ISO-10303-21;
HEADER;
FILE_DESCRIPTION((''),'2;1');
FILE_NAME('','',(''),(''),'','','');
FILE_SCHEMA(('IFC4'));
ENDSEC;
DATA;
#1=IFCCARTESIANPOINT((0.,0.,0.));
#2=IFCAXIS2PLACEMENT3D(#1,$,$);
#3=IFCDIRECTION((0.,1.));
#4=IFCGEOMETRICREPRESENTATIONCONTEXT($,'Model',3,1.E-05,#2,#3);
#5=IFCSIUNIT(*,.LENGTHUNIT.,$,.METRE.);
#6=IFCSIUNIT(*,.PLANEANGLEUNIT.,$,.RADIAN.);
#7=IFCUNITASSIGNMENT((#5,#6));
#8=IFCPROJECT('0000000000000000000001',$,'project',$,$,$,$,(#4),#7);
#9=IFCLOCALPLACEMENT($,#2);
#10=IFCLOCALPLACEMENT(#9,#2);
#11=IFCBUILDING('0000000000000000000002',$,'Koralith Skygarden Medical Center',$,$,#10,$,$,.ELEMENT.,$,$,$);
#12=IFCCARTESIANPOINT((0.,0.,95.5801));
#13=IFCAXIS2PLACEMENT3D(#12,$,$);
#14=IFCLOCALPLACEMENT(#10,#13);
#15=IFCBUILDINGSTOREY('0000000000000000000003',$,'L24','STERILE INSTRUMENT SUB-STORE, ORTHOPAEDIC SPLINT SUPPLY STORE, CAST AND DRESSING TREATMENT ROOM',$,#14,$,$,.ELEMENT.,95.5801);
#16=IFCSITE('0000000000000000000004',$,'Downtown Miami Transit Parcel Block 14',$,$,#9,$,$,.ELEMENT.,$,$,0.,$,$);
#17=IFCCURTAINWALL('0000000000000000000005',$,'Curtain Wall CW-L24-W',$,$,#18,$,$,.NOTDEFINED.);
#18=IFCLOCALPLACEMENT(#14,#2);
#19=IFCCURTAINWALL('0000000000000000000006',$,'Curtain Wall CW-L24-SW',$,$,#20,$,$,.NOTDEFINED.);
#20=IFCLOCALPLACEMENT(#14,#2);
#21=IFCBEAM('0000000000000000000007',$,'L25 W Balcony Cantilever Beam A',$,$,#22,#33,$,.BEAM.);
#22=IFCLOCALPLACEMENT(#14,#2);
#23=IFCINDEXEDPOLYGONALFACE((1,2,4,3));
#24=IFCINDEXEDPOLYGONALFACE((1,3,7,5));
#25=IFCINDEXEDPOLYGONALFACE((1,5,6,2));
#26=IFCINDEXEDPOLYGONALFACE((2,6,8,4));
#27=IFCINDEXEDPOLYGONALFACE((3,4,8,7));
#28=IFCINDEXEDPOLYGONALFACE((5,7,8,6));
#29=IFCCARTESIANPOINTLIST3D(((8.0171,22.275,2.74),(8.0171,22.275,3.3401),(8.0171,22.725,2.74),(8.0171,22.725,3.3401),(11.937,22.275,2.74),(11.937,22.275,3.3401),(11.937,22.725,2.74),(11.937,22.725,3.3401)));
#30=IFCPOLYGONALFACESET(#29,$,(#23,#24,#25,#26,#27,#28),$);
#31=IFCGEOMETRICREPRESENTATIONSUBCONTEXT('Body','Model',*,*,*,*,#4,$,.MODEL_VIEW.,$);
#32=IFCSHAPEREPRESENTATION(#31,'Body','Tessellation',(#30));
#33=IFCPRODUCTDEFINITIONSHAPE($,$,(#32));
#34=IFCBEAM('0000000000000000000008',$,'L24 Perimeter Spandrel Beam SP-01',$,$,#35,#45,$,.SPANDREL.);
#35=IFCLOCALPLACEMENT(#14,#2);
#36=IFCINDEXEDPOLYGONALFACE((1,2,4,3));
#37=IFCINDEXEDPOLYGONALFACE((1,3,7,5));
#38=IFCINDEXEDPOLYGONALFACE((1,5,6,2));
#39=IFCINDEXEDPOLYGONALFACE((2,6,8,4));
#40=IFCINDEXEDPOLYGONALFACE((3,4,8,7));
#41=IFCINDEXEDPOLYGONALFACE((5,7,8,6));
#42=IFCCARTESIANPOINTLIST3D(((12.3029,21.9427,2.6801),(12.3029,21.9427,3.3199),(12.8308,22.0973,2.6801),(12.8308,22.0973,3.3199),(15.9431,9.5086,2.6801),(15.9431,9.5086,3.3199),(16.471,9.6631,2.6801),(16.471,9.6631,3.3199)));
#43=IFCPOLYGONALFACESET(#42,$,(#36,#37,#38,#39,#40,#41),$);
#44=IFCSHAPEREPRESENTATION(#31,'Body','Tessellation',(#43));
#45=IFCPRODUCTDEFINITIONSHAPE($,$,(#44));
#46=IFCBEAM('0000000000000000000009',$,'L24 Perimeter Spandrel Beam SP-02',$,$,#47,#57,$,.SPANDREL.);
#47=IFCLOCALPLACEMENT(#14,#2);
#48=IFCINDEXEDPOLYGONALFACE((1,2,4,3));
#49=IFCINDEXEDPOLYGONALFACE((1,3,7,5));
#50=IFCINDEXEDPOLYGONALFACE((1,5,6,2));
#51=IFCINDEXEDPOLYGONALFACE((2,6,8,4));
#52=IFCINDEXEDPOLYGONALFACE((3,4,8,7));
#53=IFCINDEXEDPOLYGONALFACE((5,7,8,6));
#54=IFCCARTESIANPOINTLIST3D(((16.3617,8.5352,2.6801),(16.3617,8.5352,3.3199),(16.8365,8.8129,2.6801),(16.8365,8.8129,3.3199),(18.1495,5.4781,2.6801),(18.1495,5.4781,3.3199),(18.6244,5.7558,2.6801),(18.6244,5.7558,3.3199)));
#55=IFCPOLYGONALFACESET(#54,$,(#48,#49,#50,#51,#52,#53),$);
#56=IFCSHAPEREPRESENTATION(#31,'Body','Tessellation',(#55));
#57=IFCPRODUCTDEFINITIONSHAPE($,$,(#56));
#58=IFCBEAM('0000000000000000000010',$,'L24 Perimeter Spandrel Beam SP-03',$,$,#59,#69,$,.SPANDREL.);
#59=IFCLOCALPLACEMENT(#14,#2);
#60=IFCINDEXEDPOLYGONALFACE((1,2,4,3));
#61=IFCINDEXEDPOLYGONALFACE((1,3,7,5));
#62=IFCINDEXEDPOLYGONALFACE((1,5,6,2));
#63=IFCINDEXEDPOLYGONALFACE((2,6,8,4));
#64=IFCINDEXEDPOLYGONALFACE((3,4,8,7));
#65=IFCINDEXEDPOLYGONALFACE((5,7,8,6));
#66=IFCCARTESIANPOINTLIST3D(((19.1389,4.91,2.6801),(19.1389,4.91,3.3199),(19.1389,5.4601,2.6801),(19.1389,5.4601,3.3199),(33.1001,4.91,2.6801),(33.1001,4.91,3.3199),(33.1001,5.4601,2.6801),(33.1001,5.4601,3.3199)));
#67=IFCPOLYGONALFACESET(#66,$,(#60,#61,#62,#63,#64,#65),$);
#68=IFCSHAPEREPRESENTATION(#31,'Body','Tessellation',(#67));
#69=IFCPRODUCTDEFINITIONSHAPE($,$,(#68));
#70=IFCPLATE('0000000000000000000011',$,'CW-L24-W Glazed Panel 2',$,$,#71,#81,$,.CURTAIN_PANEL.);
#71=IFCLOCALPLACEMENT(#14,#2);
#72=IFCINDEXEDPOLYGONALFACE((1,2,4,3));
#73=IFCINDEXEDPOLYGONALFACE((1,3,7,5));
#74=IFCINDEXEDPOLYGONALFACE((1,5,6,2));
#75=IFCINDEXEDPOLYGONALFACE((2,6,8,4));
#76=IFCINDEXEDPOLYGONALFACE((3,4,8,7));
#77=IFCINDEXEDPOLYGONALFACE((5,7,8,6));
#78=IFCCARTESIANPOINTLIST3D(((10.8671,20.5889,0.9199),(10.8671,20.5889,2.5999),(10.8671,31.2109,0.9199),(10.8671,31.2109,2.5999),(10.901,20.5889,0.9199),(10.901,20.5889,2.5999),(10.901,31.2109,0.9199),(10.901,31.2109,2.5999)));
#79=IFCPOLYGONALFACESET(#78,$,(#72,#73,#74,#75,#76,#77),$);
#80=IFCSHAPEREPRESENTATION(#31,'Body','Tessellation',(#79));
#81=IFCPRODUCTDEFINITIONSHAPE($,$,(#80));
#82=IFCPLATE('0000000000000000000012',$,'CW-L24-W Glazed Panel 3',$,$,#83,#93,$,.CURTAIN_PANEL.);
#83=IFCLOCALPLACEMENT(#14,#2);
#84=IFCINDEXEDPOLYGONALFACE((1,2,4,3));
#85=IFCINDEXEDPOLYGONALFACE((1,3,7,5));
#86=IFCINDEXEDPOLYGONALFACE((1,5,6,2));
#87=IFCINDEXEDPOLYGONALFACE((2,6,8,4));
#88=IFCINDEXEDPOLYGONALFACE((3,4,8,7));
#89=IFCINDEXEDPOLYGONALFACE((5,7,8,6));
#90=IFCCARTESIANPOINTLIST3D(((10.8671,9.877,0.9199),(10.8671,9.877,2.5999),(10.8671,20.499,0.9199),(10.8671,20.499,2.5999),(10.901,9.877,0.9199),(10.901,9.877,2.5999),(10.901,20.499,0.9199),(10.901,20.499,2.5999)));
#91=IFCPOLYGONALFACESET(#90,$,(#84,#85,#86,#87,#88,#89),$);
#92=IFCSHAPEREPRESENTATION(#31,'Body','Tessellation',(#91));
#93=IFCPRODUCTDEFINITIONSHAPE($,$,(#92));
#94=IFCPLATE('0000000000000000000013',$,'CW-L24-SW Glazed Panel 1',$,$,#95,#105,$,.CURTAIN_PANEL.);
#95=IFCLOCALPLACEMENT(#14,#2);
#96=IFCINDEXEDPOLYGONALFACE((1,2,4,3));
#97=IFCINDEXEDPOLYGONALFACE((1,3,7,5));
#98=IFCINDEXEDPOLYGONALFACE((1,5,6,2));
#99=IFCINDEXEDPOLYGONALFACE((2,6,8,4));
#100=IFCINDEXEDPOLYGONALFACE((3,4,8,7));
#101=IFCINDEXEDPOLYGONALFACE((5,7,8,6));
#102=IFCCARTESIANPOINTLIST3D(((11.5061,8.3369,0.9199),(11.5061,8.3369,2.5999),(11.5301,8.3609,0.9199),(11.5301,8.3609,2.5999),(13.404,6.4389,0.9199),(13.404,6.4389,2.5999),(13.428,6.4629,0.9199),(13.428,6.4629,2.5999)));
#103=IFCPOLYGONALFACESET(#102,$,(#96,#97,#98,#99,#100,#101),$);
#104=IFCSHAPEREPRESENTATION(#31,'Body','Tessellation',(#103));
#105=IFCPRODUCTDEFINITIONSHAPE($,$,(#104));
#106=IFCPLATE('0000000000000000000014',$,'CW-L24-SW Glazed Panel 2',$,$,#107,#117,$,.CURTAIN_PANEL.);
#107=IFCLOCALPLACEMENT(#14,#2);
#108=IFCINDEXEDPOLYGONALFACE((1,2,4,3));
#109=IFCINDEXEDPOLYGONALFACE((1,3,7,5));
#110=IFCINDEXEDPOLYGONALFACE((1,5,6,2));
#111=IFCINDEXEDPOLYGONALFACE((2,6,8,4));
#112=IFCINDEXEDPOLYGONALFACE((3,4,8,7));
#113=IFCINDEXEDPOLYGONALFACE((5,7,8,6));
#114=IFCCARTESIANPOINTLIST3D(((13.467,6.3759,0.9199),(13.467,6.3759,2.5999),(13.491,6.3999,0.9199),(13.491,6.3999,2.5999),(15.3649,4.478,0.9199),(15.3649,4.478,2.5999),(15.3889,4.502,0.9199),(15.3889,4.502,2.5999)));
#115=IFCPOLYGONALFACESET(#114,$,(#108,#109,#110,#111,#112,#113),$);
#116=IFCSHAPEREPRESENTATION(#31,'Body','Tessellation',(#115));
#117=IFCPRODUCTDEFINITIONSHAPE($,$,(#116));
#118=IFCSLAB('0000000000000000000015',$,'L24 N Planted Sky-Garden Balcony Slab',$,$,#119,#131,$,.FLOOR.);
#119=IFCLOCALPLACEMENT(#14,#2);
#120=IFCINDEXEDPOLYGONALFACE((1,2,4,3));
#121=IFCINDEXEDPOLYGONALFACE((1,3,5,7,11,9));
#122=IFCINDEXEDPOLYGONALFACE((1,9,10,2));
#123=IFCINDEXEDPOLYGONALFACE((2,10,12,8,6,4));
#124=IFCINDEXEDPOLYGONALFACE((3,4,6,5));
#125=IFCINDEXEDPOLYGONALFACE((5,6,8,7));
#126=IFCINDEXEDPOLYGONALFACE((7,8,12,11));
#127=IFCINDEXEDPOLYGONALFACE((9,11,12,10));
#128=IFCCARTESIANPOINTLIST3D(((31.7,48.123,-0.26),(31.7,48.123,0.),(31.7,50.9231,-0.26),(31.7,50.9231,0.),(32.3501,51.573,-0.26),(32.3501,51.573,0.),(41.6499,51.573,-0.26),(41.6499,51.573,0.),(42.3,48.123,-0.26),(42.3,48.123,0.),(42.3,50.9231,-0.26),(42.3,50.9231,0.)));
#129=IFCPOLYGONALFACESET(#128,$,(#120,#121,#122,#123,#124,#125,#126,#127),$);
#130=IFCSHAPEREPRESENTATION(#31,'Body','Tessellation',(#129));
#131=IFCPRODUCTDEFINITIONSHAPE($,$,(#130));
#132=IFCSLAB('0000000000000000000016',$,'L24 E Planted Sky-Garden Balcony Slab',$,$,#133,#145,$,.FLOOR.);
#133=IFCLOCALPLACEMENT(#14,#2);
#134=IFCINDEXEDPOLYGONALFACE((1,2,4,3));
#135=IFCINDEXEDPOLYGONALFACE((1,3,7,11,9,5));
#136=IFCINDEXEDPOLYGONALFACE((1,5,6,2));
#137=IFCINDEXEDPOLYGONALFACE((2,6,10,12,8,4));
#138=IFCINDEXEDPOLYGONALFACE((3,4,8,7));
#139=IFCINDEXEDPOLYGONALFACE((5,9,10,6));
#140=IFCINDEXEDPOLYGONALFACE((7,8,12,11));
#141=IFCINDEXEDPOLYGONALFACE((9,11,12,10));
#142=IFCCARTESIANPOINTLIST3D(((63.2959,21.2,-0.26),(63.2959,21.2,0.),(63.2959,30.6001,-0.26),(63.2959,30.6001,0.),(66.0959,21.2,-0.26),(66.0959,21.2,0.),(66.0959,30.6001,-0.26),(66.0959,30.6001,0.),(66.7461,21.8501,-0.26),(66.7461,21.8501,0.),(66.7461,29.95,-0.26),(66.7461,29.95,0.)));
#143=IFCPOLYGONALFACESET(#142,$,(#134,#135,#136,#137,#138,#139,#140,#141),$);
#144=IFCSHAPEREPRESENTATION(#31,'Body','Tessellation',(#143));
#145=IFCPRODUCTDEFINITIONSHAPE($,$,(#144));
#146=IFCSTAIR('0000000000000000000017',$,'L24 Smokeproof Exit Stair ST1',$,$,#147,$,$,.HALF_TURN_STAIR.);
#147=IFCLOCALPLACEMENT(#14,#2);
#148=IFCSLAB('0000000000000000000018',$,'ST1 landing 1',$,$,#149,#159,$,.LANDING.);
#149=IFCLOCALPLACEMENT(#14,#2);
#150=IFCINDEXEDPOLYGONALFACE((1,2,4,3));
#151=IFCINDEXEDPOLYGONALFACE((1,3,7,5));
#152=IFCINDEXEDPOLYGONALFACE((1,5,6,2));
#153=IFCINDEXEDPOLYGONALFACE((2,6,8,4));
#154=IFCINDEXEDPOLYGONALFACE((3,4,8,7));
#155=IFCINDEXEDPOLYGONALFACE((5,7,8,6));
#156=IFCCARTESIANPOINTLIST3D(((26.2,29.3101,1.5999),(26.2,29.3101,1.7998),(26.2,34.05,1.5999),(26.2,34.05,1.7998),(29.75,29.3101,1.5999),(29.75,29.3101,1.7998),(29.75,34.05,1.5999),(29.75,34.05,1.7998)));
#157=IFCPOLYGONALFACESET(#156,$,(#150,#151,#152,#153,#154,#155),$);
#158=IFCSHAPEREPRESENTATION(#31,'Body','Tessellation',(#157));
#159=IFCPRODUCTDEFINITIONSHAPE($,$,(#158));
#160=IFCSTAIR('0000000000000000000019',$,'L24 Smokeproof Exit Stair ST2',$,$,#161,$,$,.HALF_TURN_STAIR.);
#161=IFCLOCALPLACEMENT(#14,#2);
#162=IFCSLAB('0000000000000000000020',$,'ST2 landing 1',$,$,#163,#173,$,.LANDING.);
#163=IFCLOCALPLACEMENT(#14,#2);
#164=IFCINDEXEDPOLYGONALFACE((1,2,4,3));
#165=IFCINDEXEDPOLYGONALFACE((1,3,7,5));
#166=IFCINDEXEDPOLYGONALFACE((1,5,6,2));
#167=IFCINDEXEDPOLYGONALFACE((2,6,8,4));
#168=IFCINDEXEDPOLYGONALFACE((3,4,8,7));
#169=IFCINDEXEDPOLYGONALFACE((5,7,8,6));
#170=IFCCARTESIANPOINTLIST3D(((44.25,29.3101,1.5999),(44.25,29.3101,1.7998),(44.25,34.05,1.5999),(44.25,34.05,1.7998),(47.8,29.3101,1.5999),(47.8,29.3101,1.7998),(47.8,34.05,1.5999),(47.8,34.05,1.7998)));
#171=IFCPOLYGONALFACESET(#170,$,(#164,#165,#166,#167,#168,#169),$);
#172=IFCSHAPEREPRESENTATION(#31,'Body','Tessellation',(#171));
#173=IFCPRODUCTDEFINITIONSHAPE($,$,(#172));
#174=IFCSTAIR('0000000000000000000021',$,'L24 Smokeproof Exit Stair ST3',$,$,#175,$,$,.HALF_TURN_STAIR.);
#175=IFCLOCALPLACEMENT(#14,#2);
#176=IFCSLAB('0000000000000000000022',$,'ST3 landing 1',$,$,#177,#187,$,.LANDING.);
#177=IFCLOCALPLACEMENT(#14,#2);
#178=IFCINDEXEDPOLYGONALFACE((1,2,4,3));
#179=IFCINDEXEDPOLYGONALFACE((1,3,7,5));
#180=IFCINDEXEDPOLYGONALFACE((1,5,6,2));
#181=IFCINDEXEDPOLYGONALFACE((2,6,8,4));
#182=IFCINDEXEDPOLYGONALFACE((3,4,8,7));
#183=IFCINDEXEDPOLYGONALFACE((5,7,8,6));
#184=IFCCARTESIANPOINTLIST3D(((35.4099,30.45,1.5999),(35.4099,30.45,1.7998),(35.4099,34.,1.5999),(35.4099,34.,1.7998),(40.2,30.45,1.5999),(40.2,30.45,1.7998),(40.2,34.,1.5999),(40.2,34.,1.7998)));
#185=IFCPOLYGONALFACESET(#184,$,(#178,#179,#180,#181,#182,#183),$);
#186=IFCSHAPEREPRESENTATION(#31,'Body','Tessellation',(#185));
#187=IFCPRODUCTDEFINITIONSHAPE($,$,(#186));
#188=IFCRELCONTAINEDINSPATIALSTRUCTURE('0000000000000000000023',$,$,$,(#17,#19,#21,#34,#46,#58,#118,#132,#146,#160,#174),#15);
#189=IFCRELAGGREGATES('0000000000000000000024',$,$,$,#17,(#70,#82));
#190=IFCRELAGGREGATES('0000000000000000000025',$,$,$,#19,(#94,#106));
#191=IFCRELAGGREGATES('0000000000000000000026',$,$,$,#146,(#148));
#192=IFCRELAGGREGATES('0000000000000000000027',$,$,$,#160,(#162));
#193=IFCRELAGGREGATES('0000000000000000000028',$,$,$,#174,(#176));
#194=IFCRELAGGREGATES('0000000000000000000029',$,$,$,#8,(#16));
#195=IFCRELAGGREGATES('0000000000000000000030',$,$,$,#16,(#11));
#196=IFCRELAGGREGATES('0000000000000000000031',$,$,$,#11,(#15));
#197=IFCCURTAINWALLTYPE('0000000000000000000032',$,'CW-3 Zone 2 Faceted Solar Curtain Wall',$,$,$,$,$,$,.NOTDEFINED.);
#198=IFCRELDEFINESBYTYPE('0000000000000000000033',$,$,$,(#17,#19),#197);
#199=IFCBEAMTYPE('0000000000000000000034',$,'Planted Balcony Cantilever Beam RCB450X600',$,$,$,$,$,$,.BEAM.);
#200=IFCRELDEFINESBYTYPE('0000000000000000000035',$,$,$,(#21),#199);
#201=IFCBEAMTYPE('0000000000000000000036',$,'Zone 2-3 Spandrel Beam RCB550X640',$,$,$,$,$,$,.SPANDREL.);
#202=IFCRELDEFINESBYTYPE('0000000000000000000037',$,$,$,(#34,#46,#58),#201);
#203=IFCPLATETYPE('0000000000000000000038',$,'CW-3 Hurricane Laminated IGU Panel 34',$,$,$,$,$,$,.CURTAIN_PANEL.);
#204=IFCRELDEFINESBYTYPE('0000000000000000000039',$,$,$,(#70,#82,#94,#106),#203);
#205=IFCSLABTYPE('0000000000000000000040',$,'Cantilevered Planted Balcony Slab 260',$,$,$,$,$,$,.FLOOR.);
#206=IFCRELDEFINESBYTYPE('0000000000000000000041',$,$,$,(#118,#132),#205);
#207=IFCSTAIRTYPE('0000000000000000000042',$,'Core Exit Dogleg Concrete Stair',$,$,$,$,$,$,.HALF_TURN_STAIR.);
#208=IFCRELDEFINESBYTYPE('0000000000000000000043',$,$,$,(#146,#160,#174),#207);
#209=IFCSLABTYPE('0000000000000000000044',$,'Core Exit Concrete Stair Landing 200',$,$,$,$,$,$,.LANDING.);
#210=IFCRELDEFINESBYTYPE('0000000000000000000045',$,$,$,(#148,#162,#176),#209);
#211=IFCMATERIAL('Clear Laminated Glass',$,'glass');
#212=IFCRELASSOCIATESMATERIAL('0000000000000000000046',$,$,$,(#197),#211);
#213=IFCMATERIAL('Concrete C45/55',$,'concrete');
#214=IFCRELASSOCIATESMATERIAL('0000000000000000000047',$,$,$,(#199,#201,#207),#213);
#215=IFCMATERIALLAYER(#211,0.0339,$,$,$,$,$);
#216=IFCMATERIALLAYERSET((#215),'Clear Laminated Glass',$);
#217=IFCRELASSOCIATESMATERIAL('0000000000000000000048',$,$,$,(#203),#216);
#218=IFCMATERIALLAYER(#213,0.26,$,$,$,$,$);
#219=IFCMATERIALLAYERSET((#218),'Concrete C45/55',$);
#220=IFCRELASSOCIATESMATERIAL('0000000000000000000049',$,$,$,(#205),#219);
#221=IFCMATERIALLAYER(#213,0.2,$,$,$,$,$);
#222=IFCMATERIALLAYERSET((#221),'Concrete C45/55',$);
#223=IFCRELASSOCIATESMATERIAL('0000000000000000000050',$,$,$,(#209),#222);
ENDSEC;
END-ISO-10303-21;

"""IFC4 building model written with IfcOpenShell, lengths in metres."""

from ifc_helpers import new_model, si_unit, direction, frame, origin, origin_2d, place, context, subcontext, project, spatial, polyline, rectangle, outline, extrude, material, layer, layer_set, material_profile, profile_set, type_object, element, aggregate, save


model = new_model("IFC4")

# Units and contexts
model_context = context("Model", 3, precision=1e-05, world=origin(), true_north=direction((0.0, 1.0)))
body_context = subcontext(model_context, "Body", "Model", "MODEL_VIEW")
ifc_project = project(units=[si_unit("LENGTHUNIT", "METRE"), si_unit("PLANEANGLEUNIT", "RADIAN")], contexts=[model_context])

# Site, building, storey
site_placement = place(None, origin())
site = spatial("IfcSite", under=ifc_project, at=site_placement, Name="Downtown Miami Transit Parcel Block 14", CompositionType="ELEMENT", RefElevation=0.0)
building_placement = place(site_placement, origin())
building = spatial("IfcBuilding", under=site, at=building_placement, Name="Koralith Skygarden Medical Center", CompositionType="ELEMENT")
storey_placement = place(building_placement, frame((0.0, 0.0, 95.5801)))
storey = spatial("IfcBuildingStorey", under=building, at=storey_placement, Name="L24", Description="STERILE INSTRUMENT SUB-STORE, ORTHOPAEDIC SPLINT SUPPLY STORE, CAST AND DRESSING TREATMENT ROOM", CompositionType="ELEMENT", Elevation=95.5801)

# Shared definitions
ifc_material_1 = material(Name="Clear Laminated Glass", Category="glass")
curtain_wall_type = type_object("IfcCurtainWallType", Name="CW-3 Zone 2 Faceted Solar Curtain Wall", PredefinedType="NOTDEFINED", material=ifc_material_1)

# Curtain walls
curtain_wall_1_placement = place(storey_placement, origin())
curtain_wall_1 = element("IfcCurtainWall", 1, at=curtain_wall_1_placement, inside=storey, type_object=curtain_wall_type, Name="Curtain Wall CW-L24-W", PredefinedType="NOTDEFINED")
curtain_wall_2_placement = place(storey_placement, origin())
curtain_wall_2 = element("IfcCurtainWall", 2, at=curtain_wall_2_placement, inside=storey, type_object=curtain_wall_type, Name="Curtain Wall CW-L24-SW", PredefinedType="NOTDEFINED")

# Beams
ifc_material_2 = material(Name="Concrete C45/55", Category="concrete")
ifc_material_profile_1 = material_profile(ifc_material_2, rectangle(XDim=0.45, YDim=0.6001, at=origin_2d()), Name="RCB450X600")
ifc_profile_set_1 = profile_set([ifc_material_profile_1], Name="Concrete C45/55")
beam_type_1 = type_object("IfcBeamType", Name="Planted Balcony Cantilever Beam RCB450X600", PredefinedType="BEAM", material=ifc_profile_set_1)
beam_1_placement = place(storey_placement, frame((11.937, 22.5, 3.04), z_axis=(-1.0, 0.0, 0.0), x_axis=(0.0, -1.0, 0.0)))
element("IfcBeam", 3, at=beam_1_placement, inside=storey, type_object=beam_type_1, Name="L25 W Balcony Cantilever Beam A", PredefinedType="BEAM", context=body_context, shape_type="SweptSolid", body=[
    extrude(rectangle(XDim=0.45, YDim=0.6001, at=origin_2d()), origin(), (0.0, 0.0, 1.0), 3.9199),
])
ifc_material_profile_2 = material_profile(ifc_material_2, rectangle(XDim=0.55, YDim=0.6399, at=origin_2d()), Name="RCB550X640")
ifc_profile_set_2 = profile_set([ifc_material_profile_2], Name="Concrete C45/55")
beam_type_2 = type_object("IfcBeamType", Name="Zone 2-3 Spandrel Beam RCB550X640", PredefinedType="SPANDREL", material=ifc_profile_set_2)
beam_2_placement = place(storey_placement, frame((12.5669, 22.02, 3.0), z_axis=(0.280962, -0.959719, 0.0), x_axis=(0.959719, 0.280962, 0.0)))
element("IfcBeam", 4, at=beam_2_placement, inside=storey, type_object=beam_type_2, Name="L24 Perimeter Spandrel Beam SP-01", PredefinedType="SPANDREL", context=body_context, shape_type="SweptSolid", body=[
    extrude(rectangle(XDim=0.55, YDim=0.6399, at=origin_2d()), origin(), (0.0, 0.0, 1.0), 12.9561),
])
beam_3_placement = place(storey_placement, frame((16.5991, 8.6741, 3.0), z_axis=(0.504822, -0.863223, 0.0), x_axis=(0.863223, 0.504822, 0.0)))
element("IfcBeam", 5, at=beam_3_placement, inside=storey, type_object=beam_type_2, Name="L24 Perimeter Spandrel Beam SP-02", PredefinedType="SPANDREL", context=body_context, shape_type="SweptSolid", body=[
    extrude(rectangle(XDim=0.55, YDim=0.6399, at=origin_2d()), origin(), (0.0, 0.0, 1.0), 3.5415),
])
beam_4_placement = place(storey_placement, frame((19.1389, 5.1851, 3.0), z_axis=(1.0, 0.0, 0.0), x_axis=(0.0, 1.0, 0.0)))
element("IfcBeam", 6, at=beam_4_placement, inside=storey, type_object=beam_type_2, Name="L24 Perimeter Spandrel Beam SP-03", PredefinedType="SPANDREL", context=body_context, shape_type="SweptSolid", body=[
    extrude(rectangle(XDim=0.55, YDim=0.6399, at=origin_2d()), origin(), (0.0, 0.0, 1.0), 13.9612),
])

# Plates
ifc_layer_1 = layer(ifc_material_1, 0.0339)
ifc_layer_set_1 = layer_set([ifc_layer_1], Name="Clear Laminated Glass")
plate_type_1 = type_object("IfcPlateType", Name="CW-3 Hurricane Laminated IGU Panel 34", PredefinedType="CURTAIN_PANEL", material=ifc_layer_set_1)
plate_1_placement = place(storey_placement, frame((10.884, 25.8999, 0.9199), z_axis=(0.0, 0.0, 1.0), x_axis=(0.0, -1.0, 0.0)))
plate_1 = element("IfcPlate", 7, at=plate_1_placement, type_object=plate_type_1, Name="CW-L24-W Glazed Panel 2", PredefinedType="CURTAIN_PANEL", context=body_context, shape_type="SweptSolid", body=[
    extrude(rectangle(XDim=10.6221, YDim=0.0339, at=origin_2d()), origin(), (0.0, 0.0, 1.0), 1.6799),
])
plate_2_placement = place(storey_placement, frame((10.884, 15.188, 0.9199), z_axis=(0.0, 0.0, 1.0), x_axis=(0.0, -1.0, 0.0)))
plate_2 = element("IfcPlate", 8, at=plate_2_placement, type_object=plate_type_1, Name="CW-L24-W Glazed Panel 3", PredefinedType="CURTAIN_PANEL", context=body_context, shape_type="SweptSolid", body=[
    extrude(rectangle(XDim=10.6221, YDim=0.0339, at=origin_2d()), origin(), (0.0, 0.0, 1.0), 1.6799),
])
aggregate(curtain_wall_1, [plate_1, plate_2])
plate_3_placement = place(storey_placement, frame((12.467, 7.3999, 0.9199), z_axis=(0.0, 0.0, 1.0), x_axis=(0.707107, -0.707107, 0.0)))
plate_3 = element("IfcPlate", 9, at=plate_3_placement, type_object=plate_type_1, Name="CW-L24-SW Glazed Panel 1", PredefinedType="CURTAIN_PANEL", context=body_context, shape_type="SweptSolid", body=[
    extrude(rectangle(XDim=2.6841, YDim=0.0339, at=origin_2d()), origin(), (0.0, 0.0, 1.0), 1.6799),
])
plate_4_placement = place(storey_placement, frame((14.428, 5.439, 0.9199), z_axis=(0.0, 0.0, 1.0), x_axis=(0.707107, -0.707107, 0.0)))
plate_4 = element("IfcPlate", 10, at=plate_4_placement, type_object=plate_type_1, Name="CW-L24-SW Glazed Panel 2", PredefinedType="CURTAIN_PANEL", context=body_context, shape_type="SweptSolid", body=[
    extrude(rectangle(XDim=2.6841, YDim=0.0339, at=origin_2d()), origin(), (0.0, 0.0, 1.0), 1.6799),
])
aggregate(curtain_wall_2, [plate_3, plate_4])

# Slabs
ifc_layer_2 = layer(ifc_material_2, 0.26)
ifc_layer_set_2 = layer_set([ifc_layer_2], Name="Concrete C45/55")
slab_type_1 = type_object("IfcSlabType", Name="Cantilevered Planted Balcony Slab 260", PredefinedType="FLOOR", material=ifc_layer_set_2)
slab_1_placement = place(storey_placement, frame((0.0, 0.0, -0.26)))
element("IfcSlab", 11, at=slab_1_placement, inside=storey, type_object=slab_type_1, Name="L24 N Planted Sky-Garden Balcony Slab", PredefinedType="FLOOR", context=body_context, shape_type="SweptSolid", body=[
    extrude(outline(polyline([(31.7, 48.123), (42.3, 48.123), (42.3, 50.9231), (41.6499, 51.573), (32.3501, 51.573), (31.7, 50.9231), (31.7, 48.123)])), origin(), (0.0, 0.0, 1.0), 0.26),
])
slab_2_placement = place(storey_placement, frame((0.0, 0.0, -0.26)))
element("IfcSlab", 12, at=slab_2_placement, inside=storey, type_object=slab_type_1, Name="L24 E Planted Sky-Garden Balcony Slab", PredefinedType="FLOOR", context=body_context, shape_type="SweptSolid", body=[
    extrude(outline(polyline([(63.2959, 21.2), (66.0959, 21.2), (66.7461, 21.8501), (66.7461, 29.95), (66.0959, 30.6001), (63.2959, 30.6001), (63.2959, 21.2)])), origin(), (0.0, 0.0, 1.0), 0.26),
])

# Stairs, slabs
stair_type = type_object("IfcStairType", Name="Core Exit Dogleg Concrete Stair", PredefinedType="HALF_TURN_STAIR", material=ifc_material_2)
stair_1_placement = place(storey_placement, origin())
stair_1 = element("IfcStair", 13, at=stair_1_placement, inside=storey, type_object=stair_type, Name="L24 Smokeproof Exit Stair ST1", PredefinedType="HALF_TURN_STAIR")
ifc_layer_3 = layer(ifc_material_2, 0.2)
ifc_layer_set_3 = layer_set([ifc_layer_3], Name="Concrete C45/55")
slab_type_2 = type_object("IfcSlabType", Name="Core Exit Concrete Stair Landing 200", PredefinedType="LANDING", material=ifc_layer_set_3)
slab_3_placement = place(storey_placement, frame((0.0, 0.0, 1.5999)))
slab_3 = element("IfcSlab", 14, at=slab_3_placement, type_object=slab_type_2, Name="ST1 landing 1", PredefinedType="LANDING", context=body_context, shape_type="SweptSolid", body=[
    extrude(outline(polyline([(29.75, 29.3101), (29.75, 34.05), (26.2, 34.05), (26.2, 29.3101), (29.75, 29.3101)])), origin(), (0.0, 0.0, 1.0), 0.2),
])
aggregate(stair_1, [slab_3])
stair_2_placement = place(storey_placement, origin())
stair_2 = element("IfcStair", 15, at=stair_2_placement, inside=storey, type_object=stair_type, Name="L24 Smokeproof Exit Stair ST2", PredefinedType="HALF_TURN_STAIR")
slab_4_placement = place(storey_placement, frame((0.0, 0.0, 1.5999)))
slab_4 = element("IfcSlab", 16, at=slab_4_placement, type_object=slab_type_2, Name="ST2 landing 1", PredefinedType="LANDING", context=body_context, shape_type="SweptSolid", body=[
    extrude(outline(polyline([(47.8, 29.3101), (47.8, 34.05), (44.25, 34.05), (44.25, 29.3101), (47.8, 29.3101)])), origin(), (0.0, 0.0, 1.0), 0.2),
])
aggregate(stair_2, [slab_4])
stair_3_placement = place(storey_placement, origin())
stair_3 = element("IfcStair", 17, at=stair_3_placement, inside=storey, type_object=stair_type, Name="L24 Smokeproof Exit Stair ST3", PredefinedType="HALF_TURN_STAIR")
slab_5_placement = place(storey_placement, frame((0.0, 0.0, 1.5999)))
slab_5 = element("IfcSlab", 18, at=slab_5_placement, type_object=slab_type_2, Name="ST3 landing 1", PredefinedType="LANDING", context=body_context, shape_type="SweptSolid", body=[
    extrude(outline(polyline([(35.4099, 30.45), (40.2, 30.45), (40.2, 34.0), (35.4099, 34.0), (35.4099, 30.45)])), origin(), (0.0, 0.0, 1.0), 0.2),
])
aggregate(stair_3, [slab_5])

save(model, "model.ifc")
